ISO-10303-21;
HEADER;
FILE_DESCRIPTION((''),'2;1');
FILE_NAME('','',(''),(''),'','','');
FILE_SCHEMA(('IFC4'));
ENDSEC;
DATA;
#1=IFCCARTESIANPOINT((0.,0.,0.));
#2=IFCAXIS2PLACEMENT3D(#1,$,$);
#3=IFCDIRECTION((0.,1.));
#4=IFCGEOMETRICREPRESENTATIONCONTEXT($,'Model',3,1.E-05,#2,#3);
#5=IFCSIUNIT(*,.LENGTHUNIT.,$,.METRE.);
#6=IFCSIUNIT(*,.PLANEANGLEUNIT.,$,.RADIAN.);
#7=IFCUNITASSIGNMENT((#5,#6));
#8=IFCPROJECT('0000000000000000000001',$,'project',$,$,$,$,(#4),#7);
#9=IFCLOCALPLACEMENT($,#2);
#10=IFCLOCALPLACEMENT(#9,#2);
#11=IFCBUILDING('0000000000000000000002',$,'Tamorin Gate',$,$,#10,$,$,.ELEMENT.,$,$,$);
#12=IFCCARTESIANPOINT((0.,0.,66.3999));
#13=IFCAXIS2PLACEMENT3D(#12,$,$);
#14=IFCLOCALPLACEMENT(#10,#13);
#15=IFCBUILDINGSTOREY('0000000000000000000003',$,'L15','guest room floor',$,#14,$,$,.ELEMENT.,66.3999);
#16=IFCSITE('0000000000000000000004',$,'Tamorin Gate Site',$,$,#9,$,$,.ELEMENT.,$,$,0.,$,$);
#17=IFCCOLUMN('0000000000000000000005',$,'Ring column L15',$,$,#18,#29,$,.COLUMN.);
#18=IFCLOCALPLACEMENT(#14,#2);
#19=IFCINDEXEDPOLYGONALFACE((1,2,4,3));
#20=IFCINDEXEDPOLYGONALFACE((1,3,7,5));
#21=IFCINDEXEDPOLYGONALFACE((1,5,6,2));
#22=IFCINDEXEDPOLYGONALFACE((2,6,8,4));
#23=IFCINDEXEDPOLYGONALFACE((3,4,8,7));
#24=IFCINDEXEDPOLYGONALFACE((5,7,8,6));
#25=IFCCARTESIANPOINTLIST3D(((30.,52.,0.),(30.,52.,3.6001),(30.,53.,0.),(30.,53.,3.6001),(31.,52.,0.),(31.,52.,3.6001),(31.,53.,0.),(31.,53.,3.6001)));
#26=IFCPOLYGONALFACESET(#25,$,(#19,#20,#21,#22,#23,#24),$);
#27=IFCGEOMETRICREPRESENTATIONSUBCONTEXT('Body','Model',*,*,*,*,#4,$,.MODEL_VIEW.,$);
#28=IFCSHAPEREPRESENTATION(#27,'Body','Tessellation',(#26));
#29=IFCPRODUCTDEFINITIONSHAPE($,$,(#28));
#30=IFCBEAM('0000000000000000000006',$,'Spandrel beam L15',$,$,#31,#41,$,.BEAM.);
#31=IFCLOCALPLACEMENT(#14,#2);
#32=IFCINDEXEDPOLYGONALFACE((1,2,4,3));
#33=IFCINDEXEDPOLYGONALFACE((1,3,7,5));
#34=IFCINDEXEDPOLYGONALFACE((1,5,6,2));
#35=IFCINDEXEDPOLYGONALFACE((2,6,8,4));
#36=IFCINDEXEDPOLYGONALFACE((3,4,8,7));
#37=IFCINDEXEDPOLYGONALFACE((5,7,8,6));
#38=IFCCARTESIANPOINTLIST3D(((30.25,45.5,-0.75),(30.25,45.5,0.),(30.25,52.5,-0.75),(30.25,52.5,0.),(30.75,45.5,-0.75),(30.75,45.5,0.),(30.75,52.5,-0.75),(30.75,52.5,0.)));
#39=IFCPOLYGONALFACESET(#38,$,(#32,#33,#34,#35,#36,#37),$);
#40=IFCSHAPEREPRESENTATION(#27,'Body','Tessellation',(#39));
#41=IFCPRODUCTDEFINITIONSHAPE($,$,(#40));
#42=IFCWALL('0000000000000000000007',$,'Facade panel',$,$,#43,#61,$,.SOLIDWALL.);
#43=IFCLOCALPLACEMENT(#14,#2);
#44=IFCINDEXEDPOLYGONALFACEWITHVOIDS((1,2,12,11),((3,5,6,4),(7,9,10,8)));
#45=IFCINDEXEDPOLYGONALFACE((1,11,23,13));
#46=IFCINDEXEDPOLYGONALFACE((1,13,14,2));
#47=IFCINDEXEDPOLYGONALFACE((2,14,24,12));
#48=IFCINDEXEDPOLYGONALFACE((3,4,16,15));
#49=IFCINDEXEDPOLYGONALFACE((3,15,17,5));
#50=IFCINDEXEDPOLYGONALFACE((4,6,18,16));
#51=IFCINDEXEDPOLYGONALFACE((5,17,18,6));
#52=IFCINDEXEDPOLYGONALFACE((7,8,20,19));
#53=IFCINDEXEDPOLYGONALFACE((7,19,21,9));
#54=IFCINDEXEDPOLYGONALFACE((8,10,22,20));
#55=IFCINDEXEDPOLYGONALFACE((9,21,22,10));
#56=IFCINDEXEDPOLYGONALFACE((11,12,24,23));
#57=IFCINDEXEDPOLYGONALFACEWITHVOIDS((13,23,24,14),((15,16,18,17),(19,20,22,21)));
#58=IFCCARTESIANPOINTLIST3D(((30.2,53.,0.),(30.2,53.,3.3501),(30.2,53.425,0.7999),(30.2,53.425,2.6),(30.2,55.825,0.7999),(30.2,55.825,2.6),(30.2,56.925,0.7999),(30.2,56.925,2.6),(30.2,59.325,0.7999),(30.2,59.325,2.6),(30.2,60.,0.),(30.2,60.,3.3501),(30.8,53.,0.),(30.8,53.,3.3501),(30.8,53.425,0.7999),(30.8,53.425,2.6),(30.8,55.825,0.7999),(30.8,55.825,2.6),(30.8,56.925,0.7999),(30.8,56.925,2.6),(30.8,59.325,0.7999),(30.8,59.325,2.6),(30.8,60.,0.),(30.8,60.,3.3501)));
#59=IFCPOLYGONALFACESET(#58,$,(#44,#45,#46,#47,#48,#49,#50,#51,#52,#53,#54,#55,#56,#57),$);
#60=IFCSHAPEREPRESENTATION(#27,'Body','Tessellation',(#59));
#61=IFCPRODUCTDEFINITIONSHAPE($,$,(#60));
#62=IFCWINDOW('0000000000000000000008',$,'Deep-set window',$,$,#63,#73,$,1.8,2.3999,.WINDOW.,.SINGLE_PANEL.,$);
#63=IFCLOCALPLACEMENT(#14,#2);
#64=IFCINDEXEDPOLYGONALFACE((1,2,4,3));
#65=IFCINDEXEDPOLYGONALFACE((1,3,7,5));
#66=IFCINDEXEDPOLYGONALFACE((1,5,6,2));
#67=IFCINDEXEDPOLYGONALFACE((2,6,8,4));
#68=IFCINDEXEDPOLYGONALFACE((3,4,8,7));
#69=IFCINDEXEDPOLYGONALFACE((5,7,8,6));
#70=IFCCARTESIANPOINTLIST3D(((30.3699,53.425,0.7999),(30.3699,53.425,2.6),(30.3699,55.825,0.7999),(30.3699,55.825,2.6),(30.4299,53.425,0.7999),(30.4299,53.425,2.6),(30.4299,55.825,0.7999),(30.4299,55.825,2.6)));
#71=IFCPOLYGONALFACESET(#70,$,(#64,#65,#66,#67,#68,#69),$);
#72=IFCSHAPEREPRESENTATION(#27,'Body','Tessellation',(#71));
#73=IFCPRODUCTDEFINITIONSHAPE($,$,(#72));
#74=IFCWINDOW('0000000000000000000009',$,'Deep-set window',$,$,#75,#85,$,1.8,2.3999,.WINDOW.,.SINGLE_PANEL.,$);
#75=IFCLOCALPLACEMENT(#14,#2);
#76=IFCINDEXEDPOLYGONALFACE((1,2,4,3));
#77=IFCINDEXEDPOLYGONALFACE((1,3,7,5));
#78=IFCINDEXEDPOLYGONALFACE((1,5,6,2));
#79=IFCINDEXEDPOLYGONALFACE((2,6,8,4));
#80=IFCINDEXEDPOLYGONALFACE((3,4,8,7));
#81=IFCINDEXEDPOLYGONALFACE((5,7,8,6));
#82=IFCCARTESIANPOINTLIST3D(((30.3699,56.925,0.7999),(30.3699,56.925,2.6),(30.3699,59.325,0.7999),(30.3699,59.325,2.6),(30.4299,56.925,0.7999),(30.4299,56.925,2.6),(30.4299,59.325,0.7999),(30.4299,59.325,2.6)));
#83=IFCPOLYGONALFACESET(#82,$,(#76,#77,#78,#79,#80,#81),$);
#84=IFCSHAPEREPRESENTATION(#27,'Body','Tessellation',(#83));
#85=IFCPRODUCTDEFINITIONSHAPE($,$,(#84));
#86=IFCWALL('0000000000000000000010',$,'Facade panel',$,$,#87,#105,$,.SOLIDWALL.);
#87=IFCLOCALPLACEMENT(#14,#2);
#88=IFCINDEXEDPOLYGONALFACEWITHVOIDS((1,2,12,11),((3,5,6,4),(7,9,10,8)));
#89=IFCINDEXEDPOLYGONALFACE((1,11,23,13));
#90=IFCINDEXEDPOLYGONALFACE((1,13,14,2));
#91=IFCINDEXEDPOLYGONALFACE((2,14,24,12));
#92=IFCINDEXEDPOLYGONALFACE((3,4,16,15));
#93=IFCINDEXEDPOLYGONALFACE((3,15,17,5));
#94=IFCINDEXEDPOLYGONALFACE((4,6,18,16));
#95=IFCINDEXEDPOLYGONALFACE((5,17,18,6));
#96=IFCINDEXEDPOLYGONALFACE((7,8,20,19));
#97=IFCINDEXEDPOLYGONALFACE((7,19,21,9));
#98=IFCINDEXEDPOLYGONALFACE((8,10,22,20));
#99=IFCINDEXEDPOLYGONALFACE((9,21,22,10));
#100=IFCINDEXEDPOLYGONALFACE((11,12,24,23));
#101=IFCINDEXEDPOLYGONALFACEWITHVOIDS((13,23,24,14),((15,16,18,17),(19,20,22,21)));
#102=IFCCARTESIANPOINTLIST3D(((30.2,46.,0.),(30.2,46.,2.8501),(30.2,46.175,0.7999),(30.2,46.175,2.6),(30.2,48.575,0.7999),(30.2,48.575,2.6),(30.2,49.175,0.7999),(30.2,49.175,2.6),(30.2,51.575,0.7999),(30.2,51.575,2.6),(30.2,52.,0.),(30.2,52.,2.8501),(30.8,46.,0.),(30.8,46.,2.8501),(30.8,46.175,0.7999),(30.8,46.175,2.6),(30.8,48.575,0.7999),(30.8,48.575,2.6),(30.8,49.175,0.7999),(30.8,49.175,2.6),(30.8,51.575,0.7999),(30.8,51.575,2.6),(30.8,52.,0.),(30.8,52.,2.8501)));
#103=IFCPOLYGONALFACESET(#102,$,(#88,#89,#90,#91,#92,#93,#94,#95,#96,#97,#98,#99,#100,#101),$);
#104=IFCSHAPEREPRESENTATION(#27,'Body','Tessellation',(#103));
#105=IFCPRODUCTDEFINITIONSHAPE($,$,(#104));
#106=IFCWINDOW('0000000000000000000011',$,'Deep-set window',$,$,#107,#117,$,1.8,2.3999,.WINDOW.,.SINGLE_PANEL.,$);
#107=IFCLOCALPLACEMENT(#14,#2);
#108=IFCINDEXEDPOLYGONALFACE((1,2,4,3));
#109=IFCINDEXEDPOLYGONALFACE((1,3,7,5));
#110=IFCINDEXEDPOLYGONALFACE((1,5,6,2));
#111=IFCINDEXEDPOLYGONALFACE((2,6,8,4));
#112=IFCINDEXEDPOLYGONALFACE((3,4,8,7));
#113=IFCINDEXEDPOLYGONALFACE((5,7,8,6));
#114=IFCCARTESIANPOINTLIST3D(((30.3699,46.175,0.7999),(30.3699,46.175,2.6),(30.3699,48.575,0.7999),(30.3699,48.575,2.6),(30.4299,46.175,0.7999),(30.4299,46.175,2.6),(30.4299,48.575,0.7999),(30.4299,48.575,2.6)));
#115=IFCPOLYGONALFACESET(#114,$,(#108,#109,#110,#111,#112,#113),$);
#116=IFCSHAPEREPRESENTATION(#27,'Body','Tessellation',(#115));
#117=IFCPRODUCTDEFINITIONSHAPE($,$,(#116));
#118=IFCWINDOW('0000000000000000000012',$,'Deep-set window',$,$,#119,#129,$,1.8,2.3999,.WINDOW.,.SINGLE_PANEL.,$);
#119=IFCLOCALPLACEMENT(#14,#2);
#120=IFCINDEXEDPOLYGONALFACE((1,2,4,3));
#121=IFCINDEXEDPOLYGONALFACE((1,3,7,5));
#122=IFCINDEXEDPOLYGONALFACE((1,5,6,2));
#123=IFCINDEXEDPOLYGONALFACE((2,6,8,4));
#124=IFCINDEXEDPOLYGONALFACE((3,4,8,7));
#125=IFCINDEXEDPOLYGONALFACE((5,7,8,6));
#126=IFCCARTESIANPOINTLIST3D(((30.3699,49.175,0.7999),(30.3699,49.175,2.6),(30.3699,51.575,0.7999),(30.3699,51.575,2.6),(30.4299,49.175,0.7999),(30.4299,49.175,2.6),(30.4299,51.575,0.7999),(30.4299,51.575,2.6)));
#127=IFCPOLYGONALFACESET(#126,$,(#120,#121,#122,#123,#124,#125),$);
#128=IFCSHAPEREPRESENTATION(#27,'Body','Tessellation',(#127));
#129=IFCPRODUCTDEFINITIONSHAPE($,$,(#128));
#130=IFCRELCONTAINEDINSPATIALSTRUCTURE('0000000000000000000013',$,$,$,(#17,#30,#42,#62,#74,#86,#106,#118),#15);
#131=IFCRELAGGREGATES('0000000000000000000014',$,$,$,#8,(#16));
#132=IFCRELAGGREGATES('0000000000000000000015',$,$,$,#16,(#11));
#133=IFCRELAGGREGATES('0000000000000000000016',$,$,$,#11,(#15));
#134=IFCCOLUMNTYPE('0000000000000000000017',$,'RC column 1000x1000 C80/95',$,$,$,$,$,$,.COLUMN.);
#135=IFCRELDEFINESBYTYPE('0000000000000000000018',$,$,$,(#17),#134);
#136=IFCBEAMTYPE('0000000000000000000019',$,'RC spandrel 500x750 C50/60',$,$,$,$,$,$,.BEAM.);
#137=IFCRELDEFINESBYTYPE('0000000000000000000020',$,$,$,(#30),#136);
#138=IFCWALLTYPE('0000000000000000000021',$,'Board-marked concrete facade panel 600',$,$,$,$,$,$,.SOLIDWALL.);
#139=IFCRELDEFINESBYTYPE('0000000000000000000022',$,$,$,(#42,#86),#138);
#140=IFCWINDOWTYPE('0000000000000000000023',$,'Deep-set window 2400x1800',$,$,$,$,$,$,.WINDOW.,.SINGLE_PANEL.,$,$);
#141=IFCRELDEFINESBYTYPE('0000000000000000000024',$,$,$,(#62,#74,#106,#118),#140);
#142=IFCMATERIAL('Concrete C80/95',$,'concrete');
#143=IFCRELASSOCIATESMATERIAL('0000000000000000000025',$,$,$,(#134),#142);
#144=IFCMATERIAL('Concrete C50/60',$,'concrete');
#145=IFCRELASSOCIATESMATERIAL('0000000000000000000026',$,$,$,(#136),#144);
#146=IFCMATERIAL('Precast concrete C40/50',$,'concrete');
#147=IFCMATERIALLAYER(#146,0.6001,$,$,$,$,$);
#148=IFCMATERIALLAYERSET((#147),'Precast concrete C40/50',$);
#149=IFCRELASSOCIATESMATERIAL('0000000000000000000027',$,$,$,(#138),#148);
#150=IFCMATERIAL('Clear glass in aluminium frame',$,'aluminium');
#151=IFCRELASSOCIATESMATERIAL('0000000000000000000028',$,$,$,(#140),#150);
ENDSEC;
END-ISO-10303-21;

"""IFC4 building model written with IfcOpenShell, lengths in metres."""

from ifc_helpers import new_model, si_unit, direction, frame, frame_2d, origin, origin_2d, place, context, subcontext, project, spatial, rectangle, extrude, material, layer, layer_set, material_profile, profile_set, type_object, element, fill, save


model = new_model("IFC4")

# Units and contexts
model_context = context("Model", 3, precision=1e-05, world=origin(), true_north=direction((0.0, 1.0)))
body_context = subcontext(model_context, "Body", "Model", "MODEL_VIEW")
ifc_project = project(units=[si_unit("LENGTHUNIT", "METRE"), si_unit("PLANEANGLEUNIT", "RADIAN")], contexts=[model_context])

# Site, building, storey
site_placement = place(None, origin())
site = spatial("IfcSite", under=ifc_project, at=site_placement, Name="Tamorin Gate Site", CompositionType="ELEMENT", RefElevation=0.0)
building_placement = place(site_placement, origin())
building = spatial("IfcBuilding", under=site, at=building_placement, Name="Tamorin Gate", CompositionType="ELEMENT")
storey_placement = place(building_placement, frame((0.0, 0.0, 66.3999)))
storey = spatial("IfcBuildingStorey", under=building, at=storey_placement, Name="L15", Description="guest room floor", CompositionType="ELEMENT", Elevation=66.3999)

# Column
ifc_material_1 = material(Name="Concrete C80/95", Category="concrete")
ifc_material_profile_1 = material_profile(ifc_material_1, rectangle(XDim=1.0, YDim=1.0, at=origin_2d()), Name="RC 1000x1000")
ifc_profile_set_1 = profile_set([ifc_material_profile_1], Name="Concrete C80/95")
column_type = type_object("IfcColumnType", Name="RC column 1000x1000 C80/95", PredefinedType="COLUMN", material=ifc_profile_set_1)
column_placement = place(storey_placement, frame((30.5, 52.5, 0.0), z_axis=(0.0, 0.0, 1.0), x_axis=(1.0, 0.0, 0.0)))
element("IfcColumn", 1, at=column_placement, inside=storey, type_object=column_type, Name="Ring column L15", PredefinedType="COLUMN", context=body_context, shape_type="SweptSolid", body=[
    extrude(rectangle(XDim=1.0, YDim=1.0, at=origin_2d()), origin(), (0.0, 0.0, 1.0), 3.6001),
])

# Beam
ifc_material_2 = material(Name="Concrete C50/60", Category="concrete")
ifc_material_profile_2 = material_profile(ifc_material_2, rectangle(XDim=0.5, YDim=0.75, at=origin_2d()), Name="RC 500x750")
ifc_profile_set_2 = profile_set([ifc_material_profile_2], Name="Concrete C50/60")
beam_type = type_object("IfcBeamType", Name="RC spandrel 500x750 C50/60", PredefinedType="BEAM", material=ifc_profile_set_2)
beam_placement = place(storey_placement, frame((30.5, 52.5, -0.375), z_axis=(0.0, -1.0, 0.0), x_axis=(1.0, 0.0, 0.0)))
element("IfcBeam", 2, at=beam_placement, inside=storey, type_object=beam_type, Name="Spandrel beam L15", PredefinedType="BEAM", context=body_context, shape_type="SweptSolid", body=[
    extrude(rectangle(XDim=0.5, YDim=0.75, at=origin_2d()), origin(), (0.0, 0.0, 1.0), 7.0),
])

# Walls, openings, windows
ifc_material_3 = material(Name="Precast concrete C40/50", Category="concrete")
ifc_layer_1 = layer(ifc_material_3, 0.6001)
ifc_layer_set_1 = layer_set([ifc_layer_1], Name="Precast concrete C40/50")
wall_type_1 = type_object("IfcWallType", Name="Board-marked concrete facade panel 600", PredefinedType="SOLIDWALL", material=ifc_layer_set_1)
wall_1_placement = place(storey_placement, frame((30.5, 60.0, 0.0), z_axis=(0.0, 0.0, 1.0), x_axis=(0.0, -1.0, 0.0)))
wall_1 = element("IfcWall", 3, at=wall_1_placement, inside=storey, type_object=wall_type_1, Name="Facade panel", PredefinedType="SOLIDWALL", context=body_context, shape_type="SweptSolid", body=[
    extrude(rectangle(XDim=7.0, YDim=0.6001, at=frame_2d((3.5, 0.0))), origin(), (0.0, 0.0, 1.0), 3.3501),
])
opening_1_placement = place(wall_1_placement, frame((4.175, 0.0, 0.8)))
opening_1 = element("IfcOpeningElement", 4, at=opening_1_placement, cuts=wall_1, PredefinedType="OPENING", context=body_context, shape_type="SweptSolid", body=[
    extrude(rectangle(XDim=2.3999, YDim=1.8, at=frame_2d((1.2, 0.8999))), frame((0.0, 0.3101, 0.0), z_axis=(0.0, -1.0, 0.0), x_axis=(1.0, 0.0, 0.0)), (0.0, 0.0, 1.0), 0.6201),
])
opening_2_placement = place(wall_1_placement, frame((0.675, 0.0, 0.8)))
opening_2 = element("IfcOpeningElement", 5, at=opening_2_placement, cuts=wall_1, PredefinedType="OPENING", context=body_context, shape_type="SweptSolid", body=[
    extrude(rectangle(XDim=2.3999, YDim=1.8, at=frame_2d((1.2, 0.8999))), frame((0.0, 0.3101, 0.0), z_axis=(0.0, -1.0, 0.0), x_axis=(1.0, 0.0, 0.0)), (0.0, 0.0, 1.0), 0.6201),
])
ifc_material_4 = material(Name="Clear glass in aluminium frame", Category="aluminium")
window_type = type_object("IfcWindowType", Name="Deep-set window 2400x1800", PartitioningType="SINGLE_PANEL", PredefinedType="WINDOW", material=ifc_material_4)
window_1_placement = place(opening_1_placement, origin())
window_1 = element("IfcWindow", 6, at=window_1_placement, inside=storey, type_object=window_type, Name="Deep-set window", OverallHeight=1.8, OverallWidth=2.3999, PartitioningType="SINGLE_PANEL", PredefinedType="WINDOW", context=body_context, shape_type="SweptSolid", body=[
    extrude(rectangle(XDim=2.3999, YDim=1.8, at=frame_2d((1.2, 0.8999))), frame((0.0, -0.0701, 0.0), z_axis=(0.0, -1.0, 0.0), x_axis=(1.0, 0.0, 0.0)), (0.0, 0.0, 1.0), 0.0601),
])
fill(opening_1, window_1)
window_2_placement = place(opening_2_placement, origin())
window_2 = element("IfcWindow", 7, at=window_2_placement, inside=storey, type_object=window_type, Name="Deep-set window", OverallHeight=1.8, OverallWidth=2.3999, PartitioningType="SINGLE_PANEL", PredefinedType="WINDOW", context=body_context, shape_type="SweptSolid", body=[
    extrude(rectangle(XDim=2.3999, YDim=1.8, at=frame_2d((1.2, 0.8999))), frame((0.0, -0.0701, 0.0), z_axis=(0.0, -1.0, 0.0), x_axis=(1.0, 0.0, 0.0)), (0.0, 0.0, 1.0), 0.0601),
])
fill(opening_2, window_2)
wall_2_placement = place(storey_placement, frame((30.5, 52.0, 0.0), z_axis=(0.0, 0.0, 1.0), x_axis=(0.0, -1.0, 0.0)))
wall_2 = element("IfcWall", 8, at=wall_2_placement, inside=storey, type_object=wall_type_1, Name="Facade panel", PredefinedType="SOLIDWALL", context=body_context, shape_type="SweptSolid", body=[
    extrude(rectangle(XDim=6.0, YDim=0.6001, at=frame_2d((3.0, 0.0))), origin(), (0.0, 0.0, 1.0), 2.8501),
])
opening_3_placement = place(wall_2_placement, frame((3.425, 0.0, 0.8)))
opening_3 = element("IfcOpeningElement", 9, at=opening_3_placement, cuts=wall_2, PredefinedType="OPENING", context=body_context, shape_type="SweptSolid", body=[
    extrude(rectangle(XDim=2.3999, YDim=1.8, at=frame_2d((1.2, 0.8999))), frame((0.0, 0.3101, 0.0), z_axis=(0.0, -1.0, 0.0), x_axis=(1.0, 0.0, 0.0)), (0.0, 0.0, 1.0), 0.6201),
])
opening_4_placement = place(wall_2_placement, frame((0.425, 0.0, 0.8)))
opening_4 = element("IfcOpeningElement", 10, at=opening_4_placement, cuts=wall_2, PredefinedType="OPENING", context=body_context, shape_type="SweptSolid", body=[
    extrude(rectangle(XDim=2.3999, YDim=1.8, at=frame_2d((1.2, 0.8999))), frame((0.0, 0.3101, 0.0), z_axis=(0.0, -1.0, 0.0), x_axis=(1.0, 0.0, 0.0)), (0.0, 0.0, 1.0), 0.6201),
])
window_3_placement = place(opening_3_placement, origin())
window_3 = element("IfcWindow", 11, at=window_3_placement, inside=storey, type_object=window_type, Name="Deep-set window", OverallHeight=1.8, OverallWidth=2.3999, PartitioningType="SINGLE_PANEL", PredefinedType="WINDOW", context=body_context, shape_type="SweptSolid", body=[
    extrude(rectangle(XDim=2.3999, YDim=1.8, at=frame_2d((1.2, 0.8999))), frame((0.0, -0.0701, 0.0), z_axis=(0.0, -1.0, 0.0), x_axis=(1.0, 0.0, 0.0)), (0.0, 0.0, 1.0), 0.0601),
])
fill(opening_3, window_3)
window_4_placement = place(opening_4_placement, origin())
window_4 = element("IfcWindow", 12, at=window_4_placement, inside=storey, type_object=window_type, Name="Deep-set window", OverallHeight=1.8, OverallWidth=2.3999, PartitioningType="SINGLE_PANEL", PredefinedType="WINDOW", context=body_context, shape_type="SweptSolid", body=[
    extrude(rectangle(XDim=2.3999, YDim=1.8, at=frame_2d((1.2, 0.8999))), frame((0.0, -0.0701, 0.0), z_axis=(0.0, -1.0, 0.0), x_axis=(1.0, 0.0, 0.0)), (0.0, 0.0, 1.0), 0.0601),
])
fill(opening_4, window_4)

save(model, "model.ifc")
